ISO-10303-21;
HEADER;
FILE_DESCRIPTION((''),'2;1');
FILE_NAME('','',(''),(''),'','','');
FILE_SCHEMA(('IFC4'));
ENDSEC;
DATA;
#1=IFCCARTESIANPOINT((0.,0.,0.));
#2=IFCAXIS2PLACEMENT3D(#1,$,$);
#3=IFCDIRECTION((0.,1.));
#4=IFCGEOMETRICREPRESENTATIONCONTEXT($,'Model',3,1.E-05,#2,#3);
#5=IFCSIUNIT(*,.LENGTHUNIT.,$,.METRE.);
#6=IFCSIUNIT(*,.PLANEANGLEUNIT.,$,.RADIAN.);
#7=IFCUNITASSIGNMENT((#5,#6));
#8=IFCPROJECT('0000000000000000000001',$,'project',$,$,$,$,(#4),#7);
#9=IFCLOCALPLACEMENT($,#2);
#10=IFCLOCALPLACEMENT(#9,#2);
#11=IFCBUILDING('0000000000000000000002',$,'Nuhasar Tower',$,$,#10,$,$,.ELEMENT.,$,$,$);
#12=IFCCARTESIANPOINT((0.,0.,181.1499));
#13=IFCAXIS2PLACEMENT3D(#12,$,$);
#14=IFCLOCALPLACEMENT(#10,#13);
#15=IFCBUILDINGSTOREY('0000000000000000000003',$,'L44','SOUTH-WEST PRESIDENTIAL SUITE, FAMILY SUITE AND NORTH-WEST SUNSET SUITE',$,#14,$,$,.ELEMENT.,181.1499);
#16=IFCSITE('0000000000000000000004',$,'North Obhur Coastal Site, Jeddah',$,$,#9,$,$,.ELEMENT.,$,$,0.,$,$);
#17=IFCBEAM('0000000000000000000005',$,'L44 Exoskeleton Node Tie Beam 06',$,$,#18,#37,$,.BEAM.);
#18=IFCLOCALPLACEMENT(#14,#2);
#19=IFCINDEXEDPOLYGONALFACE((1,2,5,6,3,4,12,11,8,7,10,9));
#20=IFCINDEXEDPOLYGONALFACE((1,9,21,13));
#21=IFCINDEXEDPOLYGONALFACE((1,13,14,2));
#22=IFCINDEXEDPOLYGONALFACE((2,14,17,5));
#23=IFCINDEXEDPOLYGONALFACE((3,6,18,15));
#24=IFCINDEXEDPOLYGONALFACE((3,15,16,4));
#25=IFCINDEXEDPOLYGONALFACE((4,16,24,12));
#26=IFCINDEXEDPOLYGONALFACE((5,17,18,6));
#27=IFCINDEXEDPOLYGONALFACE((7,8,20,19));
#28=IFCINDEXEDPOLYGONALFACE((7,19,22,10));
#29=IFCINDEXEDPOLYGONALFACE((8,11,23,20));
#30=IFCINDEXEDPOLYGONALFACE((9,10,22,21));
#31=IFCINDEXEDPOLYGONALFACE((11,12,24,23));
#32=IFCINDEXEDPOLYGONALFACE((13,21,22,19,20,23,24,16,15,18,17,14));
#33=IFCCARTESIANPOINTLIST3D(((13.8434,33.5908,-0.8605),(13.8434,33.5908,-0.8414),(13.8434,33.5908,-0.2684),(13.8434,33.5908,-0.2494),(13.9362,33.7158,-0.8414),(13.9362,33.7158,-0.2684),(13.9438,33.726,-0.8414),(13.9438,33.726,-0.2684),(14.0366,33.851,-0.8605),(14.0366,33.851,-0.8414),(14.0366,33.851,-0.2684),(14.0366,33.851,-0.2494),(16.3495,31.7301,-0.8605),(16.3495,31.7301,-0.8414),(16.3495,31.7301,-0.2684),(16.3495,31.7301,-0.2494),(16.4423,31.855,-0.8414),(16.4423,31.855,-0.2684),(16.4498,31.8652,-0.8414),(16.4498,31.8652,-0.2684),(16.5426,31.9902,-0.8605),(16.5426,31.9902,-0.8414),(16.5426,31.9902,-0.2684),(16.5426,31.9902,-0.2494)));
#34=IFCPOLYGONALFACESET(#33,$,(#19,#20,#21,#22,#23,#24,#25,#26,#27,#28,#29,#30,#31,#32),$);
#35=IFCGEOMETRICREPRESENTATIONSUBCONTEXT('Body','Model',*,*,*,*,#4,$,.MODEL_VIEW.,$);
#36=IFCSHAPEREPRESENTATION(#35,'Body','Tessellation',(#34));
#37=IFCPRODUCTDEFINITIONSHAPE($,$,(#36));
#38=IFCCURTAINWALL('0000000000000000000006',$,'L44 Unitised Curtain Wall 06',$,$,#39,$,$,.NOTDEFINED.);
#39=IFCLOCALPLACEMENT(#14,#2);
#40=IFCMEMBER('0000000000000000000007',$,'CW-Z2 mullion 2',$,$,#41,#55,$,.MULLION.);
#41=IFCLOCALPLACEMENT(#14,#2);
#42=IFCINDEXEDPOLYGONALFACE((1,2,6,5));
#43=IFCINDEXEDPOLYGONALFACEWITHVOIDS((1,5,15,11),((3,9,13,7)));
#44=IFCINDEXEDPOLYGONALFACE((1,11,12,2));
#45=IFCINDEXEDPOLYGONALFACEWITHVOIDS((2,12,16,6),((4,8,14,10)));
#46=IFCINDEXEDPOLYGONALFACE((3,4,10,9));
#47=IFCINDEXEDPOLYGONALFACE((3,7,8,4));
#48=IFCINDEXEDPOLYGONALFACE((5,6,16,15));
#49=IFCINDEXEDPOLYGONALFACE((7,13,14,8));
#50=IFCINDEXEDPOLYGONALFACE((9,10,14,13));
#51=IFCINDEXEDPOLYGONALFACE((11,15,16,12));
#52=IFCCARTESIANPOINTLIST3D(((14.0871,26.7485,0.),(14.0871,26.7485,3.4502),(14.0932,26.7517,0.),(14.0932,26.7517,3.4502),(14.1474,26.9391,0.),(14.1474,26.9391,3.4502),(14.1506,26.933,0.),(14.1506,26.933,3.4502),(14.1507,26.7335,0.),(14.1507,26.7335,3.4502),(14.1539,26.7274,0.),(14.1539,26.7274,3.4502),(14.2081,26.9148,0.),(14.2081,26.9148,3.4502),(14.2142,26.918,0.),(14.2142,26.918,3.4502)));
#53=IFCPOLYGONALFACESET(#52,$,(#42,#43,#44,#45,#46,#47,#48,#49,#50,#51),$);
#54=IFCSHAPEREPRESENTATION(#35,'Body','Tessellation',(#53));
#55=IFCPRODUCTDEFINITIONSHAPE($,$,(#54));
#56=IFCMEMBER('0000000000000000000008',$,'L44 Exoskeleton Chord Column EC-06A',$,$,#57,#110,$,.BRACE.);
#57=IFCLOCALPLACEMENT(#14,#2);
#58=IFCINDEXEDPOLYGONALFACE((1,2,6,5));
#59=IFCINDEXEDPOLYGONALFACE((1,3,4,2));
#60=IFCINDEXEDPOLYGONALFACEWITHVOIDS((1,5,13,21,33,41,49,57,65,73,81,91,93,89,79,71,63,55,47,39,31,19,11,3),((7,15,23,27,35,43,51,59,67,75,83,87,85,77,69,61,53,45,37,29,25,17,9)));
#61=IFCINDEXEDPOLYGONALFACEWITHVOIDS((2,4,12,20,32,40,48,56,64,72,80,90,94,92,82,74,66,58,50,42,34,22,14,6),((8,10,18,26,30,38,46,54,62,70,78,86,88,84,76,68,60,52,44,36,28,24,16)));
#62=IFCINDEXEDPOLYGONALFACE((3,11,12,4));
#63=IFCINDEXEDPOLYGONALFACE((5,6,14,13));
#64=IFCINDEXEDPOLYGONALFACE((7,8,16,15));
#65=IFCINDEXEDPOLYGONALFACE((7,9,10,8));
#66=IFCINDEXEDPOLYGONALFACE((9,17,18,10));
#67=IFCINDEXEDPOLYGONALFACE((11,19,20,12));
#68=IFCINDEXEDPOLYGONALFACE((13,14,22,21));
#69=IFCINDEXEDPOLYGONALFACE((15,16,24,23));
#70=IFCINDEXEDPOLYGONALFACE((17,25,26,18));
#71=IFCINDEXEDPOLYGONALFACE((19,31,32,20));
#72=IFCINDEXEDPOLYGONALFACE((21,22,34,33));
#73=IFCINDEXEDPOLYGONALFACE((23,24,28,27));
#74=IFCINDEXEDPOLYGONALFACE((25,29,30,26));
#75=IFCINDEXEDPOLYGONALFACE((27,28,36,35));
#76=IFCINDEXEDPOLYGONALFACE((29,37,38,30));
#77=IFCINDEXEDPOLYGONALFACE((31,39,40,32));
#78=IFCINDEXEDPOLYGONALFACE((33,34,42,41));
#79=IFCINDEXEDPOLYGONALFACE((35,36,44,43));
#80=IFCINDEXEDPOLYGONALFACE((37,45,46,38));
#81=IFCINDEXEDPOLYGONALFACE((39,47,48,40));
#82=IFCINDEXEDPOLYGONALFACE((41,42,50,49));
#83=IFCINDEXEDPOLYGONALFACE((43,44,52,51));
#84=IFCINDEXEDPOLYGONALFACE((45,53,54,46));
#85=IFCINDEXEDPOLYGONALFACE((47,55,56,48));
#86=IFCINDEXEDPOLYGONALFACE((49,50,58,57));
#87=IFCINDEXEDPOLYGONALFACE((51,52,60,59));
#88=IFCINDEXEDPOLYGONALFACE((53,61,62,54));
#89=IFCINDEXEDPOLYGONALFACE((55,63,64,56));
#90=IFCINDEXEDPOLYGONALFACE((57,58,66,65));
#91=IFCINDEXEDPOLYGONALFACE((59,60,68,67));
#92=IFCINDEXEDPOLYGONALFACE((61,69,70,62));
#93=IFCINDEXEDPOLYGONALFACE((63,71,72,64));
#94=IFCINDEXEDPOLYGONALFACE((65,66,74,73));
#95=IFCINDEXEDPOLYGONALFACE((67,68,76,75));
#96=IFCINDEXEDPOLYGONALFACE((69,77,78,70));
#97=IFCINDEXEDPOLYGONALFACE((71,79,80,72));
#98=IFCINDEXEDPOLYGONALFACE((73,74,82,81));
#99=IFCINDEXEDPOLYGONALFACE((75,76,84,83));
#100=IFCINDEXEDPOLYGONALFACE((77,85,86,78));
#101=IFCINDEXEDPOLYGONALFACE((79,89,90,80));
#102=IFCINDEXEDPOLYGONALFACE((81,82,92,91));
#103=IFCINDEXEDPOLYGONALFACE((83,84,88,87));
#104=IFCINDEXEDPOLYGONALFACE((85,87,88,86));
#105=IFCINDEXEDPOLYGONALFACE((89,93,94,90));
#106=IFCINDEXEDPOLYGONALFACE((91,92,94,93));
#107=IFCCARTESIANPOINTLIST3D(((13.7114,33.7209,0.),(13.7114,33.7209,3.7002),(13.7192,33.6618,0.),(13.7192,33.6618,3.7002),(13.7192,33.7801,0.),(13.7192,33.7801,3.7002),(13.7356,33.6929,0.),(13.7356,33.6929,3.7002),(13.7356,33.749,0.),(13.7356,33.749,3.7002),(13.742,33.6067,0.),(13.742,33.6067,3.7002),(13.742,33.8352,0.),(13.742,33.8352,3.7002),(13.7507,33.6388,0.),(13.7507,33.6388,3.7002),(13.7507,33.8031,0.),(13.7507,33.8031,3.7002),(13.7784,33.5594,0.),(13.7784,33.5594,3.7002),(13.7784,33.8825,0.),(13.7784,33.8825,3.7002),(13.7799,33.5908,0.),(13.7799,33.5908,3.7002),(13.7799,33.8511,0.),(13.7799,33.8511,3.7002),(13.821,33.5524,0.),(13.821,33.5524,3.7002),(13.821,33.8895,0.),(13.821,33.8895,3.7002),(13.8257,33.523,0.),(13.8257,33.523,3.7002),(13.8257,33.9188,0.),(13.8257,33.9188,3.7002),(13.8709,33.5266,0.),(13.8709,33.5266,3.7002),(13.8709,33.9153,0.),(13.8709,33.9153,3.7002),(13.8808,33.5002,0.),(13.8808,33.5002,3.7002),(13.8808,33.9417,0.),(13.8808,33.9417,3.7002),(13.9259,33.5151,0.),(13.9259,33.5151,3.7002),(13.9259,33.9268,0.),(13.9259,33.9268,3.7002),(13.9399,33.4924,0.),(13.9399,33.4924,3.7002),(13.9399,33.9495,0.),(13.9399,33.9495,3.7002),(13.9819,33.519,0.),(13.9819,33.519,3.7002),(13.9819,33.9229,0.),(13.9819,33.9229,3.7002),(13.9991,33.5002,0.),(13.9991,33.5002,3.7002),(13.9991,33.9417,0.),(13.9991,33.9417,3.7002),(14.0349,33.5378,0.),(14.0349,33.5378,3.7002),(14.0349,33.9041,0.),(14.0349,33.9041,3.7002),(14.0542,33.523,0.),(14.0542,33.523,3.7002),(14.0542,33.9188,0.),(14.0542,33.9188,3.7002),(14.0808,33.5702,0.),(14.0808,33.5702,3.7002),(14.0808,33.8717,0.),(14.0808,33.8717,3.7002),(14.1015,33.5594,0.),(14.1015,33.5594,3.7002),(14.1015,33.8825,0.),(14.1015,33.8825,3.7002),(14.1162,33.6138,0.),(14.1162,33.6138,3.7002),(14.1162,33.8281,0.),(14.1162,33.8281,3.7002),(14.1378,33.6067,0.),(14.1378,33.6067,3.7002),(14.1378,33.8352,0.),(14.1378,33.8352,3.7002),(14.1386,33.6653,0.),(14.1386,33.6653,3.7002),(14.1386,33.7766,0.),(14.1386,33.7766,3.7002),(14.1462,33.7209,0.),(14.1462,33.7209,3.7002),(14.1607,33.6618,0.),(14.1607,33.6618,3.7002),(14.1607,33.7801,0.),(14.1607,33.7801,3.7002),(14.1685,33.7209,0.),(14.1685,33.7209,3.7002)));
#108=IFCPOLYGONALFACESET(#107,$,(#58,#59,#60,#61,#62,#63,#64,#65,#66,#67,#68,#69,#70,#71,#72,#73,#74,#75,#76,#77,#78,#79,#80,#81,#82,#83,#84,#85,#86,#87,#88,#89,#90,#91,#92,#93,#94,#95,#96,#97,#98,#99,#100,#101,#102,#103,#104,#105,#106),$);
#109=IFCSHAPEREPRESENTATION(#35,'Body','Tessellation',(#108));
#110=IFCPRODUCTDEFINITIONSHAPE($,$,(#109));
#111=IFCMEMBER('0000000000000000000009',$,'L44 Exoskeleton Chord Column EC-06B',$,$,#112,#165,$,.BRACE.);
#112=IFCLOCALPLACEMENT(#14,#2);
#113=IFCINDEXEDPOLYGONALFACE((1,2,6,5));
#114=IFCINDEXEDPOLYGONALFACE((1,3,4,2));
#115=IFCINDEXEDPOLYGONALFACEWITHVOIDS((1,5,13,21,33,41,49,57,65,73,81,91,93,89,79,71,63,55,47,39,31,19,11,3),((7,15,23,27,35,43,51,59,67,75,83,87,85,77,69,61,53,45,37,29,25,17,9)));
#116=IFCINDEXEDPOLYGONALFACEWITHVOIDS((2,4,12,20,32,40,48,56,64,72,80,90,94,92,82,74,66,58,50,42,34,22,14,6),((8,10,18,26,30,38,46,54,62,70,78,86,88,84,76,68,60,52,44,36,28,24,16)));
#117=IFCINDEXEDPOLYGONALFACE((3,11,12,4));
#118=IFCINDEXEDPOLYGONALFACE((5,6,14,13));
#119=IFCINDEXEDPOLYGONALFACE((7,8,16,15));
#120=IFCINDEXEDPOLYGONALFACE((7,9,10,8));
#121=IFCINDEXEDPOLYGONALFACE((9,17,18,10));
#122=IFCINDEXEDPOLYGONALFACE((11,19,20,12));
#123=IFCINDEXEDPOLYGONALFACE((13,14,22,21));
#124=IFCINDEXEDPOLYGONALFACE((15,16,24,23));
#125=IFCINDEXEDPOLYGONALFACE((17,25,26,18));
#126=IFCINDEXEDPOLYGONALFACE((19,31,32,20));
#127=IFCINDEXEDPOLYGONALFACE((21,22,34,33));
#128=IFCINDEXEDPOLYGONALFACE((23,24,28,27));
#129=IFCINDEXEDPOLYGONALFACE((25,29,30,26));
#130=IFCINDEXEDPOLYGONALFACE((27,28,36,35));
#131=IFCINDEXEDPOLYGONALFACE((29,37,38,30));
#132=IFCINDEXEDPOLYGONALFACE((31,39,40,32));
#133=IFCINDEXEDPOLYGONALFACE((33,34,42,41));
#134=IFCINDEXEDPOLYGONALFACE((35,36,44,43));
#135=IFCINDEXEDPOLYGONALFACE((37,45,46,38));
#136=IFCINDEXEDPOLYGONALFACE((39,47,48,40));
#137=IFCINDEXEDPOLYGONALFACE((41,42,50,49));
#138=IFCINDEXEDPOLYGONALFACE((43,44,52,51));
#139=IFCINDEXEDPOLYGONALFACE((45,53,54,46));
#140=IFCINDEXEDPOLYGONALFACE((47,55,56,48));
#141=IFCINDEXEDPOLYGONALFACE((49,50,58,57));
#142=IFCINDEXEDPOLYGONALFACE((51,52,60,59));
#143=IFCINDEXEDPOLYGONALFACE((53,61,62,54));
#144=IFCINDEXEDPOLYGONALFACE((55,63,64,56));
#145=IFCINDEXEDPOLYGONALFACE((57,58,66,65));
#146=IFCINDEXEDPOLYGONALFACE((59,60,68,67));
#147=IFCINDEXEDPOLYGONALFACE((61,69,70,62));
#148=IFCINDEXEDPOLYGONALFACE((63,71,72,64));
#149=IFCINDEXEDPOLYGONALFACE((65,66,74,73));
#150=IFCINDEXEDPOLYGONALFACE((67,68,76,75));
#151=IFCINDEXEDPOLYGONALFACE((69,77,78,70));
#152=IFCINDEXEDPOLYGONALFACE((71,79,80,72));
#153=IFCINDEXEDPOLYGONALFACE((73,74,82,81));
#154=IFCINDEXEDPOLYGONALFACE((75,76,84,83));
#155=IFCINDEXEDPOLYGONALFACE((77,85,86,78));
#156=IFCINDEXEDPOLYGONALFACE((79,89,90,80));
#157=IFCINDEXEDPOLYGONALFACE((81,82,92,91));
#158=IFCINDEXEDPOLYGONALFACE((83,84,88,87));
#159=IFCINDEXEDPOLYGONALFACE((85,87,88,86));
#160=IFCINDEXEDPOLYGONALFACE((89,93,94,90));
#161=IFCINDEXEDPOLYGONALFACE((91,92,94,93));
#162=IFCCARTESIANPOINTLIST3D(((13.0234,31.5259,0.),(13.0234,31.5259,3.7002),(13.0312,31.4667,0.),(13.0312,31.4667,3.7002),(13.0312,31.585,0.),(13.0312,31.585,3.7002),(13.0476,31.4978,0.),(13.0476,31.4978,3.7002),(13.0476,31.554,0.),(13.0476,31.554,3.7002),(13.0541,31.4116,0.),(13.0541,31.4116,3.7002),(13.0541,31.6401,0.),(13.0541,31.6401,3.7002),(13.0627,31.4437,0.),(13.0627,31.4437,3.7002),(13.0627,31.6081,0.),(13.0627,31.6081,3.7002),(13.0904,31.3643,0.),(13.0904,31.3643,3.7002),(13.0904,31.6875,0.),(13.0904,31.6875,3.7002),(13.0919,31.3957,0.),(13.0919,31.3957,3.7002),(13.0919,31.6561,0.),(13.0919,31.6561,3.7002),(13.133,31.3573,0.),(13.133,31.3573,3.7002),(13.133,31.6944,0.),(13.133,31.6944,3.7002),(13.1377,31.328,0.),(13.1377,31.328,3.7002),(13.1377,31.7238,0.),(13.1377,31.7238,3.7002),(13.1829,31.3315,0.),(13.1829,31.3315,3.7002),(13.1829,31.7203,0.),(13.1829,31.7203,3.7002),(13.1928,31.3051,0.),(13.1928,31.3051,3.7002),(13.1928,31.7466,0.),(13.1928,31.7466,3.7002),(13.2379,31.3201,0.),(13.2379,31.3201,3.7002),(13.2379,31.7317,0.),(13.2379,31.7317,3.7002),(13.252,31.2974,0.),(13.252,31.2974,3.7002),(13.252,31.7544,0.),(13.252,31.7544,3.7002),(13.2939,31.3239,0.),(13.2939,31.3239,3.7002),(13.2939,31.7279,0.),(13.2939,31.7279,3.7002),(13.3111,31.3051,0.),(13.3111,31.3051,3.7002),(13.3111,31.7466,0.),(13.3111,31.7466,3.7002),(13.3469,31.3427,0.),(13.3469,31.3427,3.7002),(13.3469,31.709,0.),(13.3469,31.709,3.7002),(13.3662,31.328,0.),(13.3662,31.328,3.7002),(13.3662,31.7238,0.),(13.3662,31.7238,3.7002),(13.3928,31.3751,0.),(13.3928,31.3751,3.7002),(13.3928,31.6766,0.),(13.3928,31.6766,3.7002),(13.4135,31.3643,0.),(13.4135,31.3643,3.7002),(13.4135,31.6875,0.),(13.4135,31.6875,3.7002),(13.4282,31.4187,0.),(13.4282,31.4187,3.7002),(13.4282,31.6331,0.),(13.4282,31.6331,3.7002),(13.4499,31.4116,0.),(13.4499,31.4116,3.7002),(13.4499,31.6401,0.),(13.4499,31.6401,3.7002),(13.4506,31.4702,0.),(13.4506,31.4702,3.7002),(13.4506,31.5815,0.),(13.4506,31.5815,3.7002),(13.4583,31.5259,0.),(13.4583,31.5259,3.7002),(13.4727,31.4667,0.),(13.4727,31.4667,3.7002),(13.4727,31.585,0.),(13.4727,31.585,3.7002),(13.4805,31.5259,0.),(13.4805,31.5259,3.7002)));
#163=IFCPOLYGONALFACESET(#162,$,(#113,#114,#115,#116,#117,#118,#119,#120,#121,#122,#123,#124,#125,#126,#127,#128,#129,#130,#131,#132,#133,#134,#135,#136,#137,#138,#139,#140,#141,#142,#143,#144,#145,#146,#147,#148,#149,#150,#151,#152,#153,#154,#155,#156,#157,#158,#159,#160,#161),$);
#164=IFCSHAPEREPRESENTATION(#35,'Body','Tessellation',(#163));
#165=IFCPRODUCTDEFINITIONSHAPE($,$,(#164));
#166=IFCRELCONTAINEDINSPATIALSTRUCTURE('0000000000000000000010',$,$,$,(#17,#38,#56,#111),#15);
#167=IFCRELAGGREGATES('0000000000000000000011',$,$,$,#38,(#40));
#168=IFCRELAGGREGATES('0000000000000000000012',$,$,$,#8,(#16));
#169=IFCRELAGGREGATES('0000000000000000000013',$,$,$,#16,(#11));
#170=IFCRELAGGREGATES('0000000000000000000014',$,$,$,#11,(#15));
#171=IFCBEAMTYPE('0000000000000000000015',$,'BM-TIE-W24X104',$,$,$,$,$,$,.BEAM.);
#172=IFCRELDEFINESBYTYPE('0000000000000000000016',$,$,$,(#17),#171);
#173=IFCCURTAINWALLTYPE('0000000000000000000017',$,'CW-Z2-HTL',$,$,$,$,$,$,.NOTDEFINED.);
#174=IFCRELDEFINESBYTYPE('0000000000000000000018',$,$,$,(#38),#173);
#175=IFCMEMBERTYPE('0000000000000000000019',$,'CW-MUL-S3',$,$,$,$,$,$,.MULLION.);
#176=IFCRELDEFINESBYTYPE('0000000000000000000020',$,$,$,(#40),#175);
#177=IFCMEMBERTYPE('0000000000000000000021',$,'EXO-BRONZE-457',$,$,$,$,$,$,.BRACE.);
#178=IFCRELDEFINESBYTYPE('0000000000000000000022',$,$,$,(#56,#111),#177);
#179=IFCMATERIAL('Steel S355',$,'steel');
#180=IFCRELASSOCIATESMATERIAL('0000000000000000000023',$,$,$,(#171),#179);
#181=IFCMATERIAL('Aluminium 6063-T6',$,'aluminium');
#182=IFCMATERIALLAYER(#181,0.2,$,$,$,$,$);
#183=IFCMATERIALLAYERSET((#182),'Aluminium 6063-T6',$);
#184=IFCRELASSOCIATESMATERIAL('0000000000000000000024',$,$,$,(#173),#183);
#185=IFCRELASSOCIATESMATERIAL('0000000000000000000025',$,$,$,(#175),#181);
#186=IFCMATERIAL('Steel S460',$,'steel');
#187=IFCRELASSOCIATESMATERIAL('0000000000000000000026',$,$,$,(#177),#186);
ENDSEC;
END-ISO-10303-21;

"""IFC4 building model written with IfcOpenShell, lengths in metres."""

from ifc_helpers import new_model, si_unit, direction, frame, origin, origin_2d, place, context, subcontext, project, spatial, hollow_rectangle, hollow_circle, i_section, extrude, material, layer, layer_set, material_profile, profile_set, type_object, element, aggregate, save


model = new_model("IFC4")

# Units and contexts
model_context = context("Model", 3, precision=1e-05, world=origin(), true_north=direction((0.0, 1.0)))
body_context = subcontext(model_context, "Body", "Model", "MODEL_VIEW")
ifc_project = project(units=[si_unit("LENGTHUNIT", "METRE"), si_unit("PLANEANGLEUNIT", "RADIAN")], contexts=[model_context])

# Site, building, storey
site_placement = place(None, origin())
site = spatial("IfcSite", under=ifc_project, at=site_placement, Name="North Obhur Coastal Site, Jeddah", CompositionType="ELEMENT", RefElevation=0.0)
building_placement = place(site_placement, origin())
building = spatial("IfcBuilding", under=site, at=building_placement, Name="Nuhasar Tower", CompositionType="ELEMENT")
storey_placement = place(building_placement, frame((0.0, 0.0, 181.1499)))
storey = spatial("IfcBuildingStorey", under=building, at=storey_placement, Name="L44", Description="SOUTH-WEST PRESIDENTIAL SUITE, FAMILY SUITE AND NORTH-WEST SUNSET SUITE", CompositionType="ELEMENT", Elevation=181.1499)

# Beam
ifc_material_1 = material(Name="Steel S355", Category="steel")
ifc_material_profile_1 = material_profile(ifc_material_1, i_section(OverallWidth=0.324, OverallDepth=0.6111, WebThickness=0.0127, FlangeThickness=0.019, at=origin_2d()), Name="W24X104")
ifc_profile_set_1 = profile_set([ifc_material_profile_1], Name="Steel S355")
beam_type_1 = type_object("IfcBeamType", Name="BM-TIE-W24X104", PredefinedType="BEAM", material=ifc_profile_set_1)
beam_1_placement = place(storey_placement, frame((16.446, 31.8601, -0.5549), z_axis=(-0.802872, 0.596151, 0.0), x_axis=(-0.596151, -0.802872, 0.0)))
element("IfcBeam", 1, at=beam_1_placement, inside=storey, type_object=beam_type_1, Name="L44 Exoskeleton Node Tie Beam 06", PredefinedType="BEAM", context=body_context, shape_type="SweptSolid", body=[
    extrude(i_section(OverallWidth=0.324, OverallDepth=0.6111, WebThickness=0.0127, FlangeThickness=0.019, at=origin_2d()), origin(), (0.0, 0.0, 1.0), 3.1213),
])

# Curtain wall, member
ifc_material_2 = material(Name="Aluminium 6063-T6", Category="aluminium")
ifc_layer_1 = layer(ifc_material_2, 0.2)
ifc_layer_set_1 = layer_set([ifc_layer_1], Name="Aluminium 6063-T6")
curtain_wall_type = type_object("IfcCurtainWallType", Name="CW-Z2-HTL", PredefinedType="NOTDEFINED", material=ifc_layer_set_1)
curtain_wall_placement = place(storey_placement, origin())
curtain_wall = element("IfcCurtainWall", 2, at=curtain_wall_placement, inside=storey, type_object=curtain_wall_type, Name="L44 Unitised Curtain Wall 06", PredefinedType="NOTDEFINED")
ifc_material_profile_2 = material_profile(ifc_material_2, hollow_rectangle(XDim=0.0701, YDim=0.2, WallThickness=0.0049, at=origin_2d()), Name="CWM-3")
ifc_profile_set_2 = profile_set([ifc_material_profile_2], Name="Aluminium 6063-T6")
member_type_1 = type_object("IfcMemberType", Name="CW-MUL-S3", PredefinedType="MULLION", material=ifc_profile_set_2)
member_placement = place(storey_placement, frame((14.1506, 26.8333, 0.0), z_axis=(0.0, 0.0, 1.0), x_axis=(0.953433, -0.301604, 0.0)))
member = element("IfcMember", 3, at=member_placement, type_object=member_type_1, Name="CW-Z2 mullion 2", PredefinedType="MULLION", context=body_context, shape_type="SweptSolid", body=[
    extrude(hollow_rectangle(XDim=0.0701, YDim=0.2, WallThickness=0.0049, at=origin_2d()), origin(), (0.0, 0.0, 1.0), 3.4502),
])

# Members
ifc_material_3 = material(Name="Steel S460", Category="steel")
ifc_material_profile_3 = material_profile(ifc_material_3, hollow_circle(Radius=0.2285, WallThickness=0.0222, at=origin_2d()), Name="HSS457X22.2")
ifc_profile_set_3 = profile_set([ifc_material_profile_3], Name="Steel S460")
member_type_2 = type_object("IfcMemberType", Name="EXO-BRONZE-457", PredefinedType="BRACE", material=ifc_profile_set_3)
for number, where, z_axis, x_axis, name in (
    (4, (13.9399, 33.7209, 0.0), (0.0, 0.0, 1.0), (1.0, 0.0, 0.0), "L44 Exoskeleton Chord Column EC-06A"),
    (5, (13.252, 31.5259, 0.0), (0.0, 0.0, 1.0), (1.0, 0.0, 0.0), "L44 Exoskeleton Chord Column EC-06B"),
):
    element("IfcMember", number, at=place(storey_placement, frame(where, z_axis=z_axis, x_axis=x_axis)), inside=storey, type_object=member_type_2, Name=name, PredefinedType="BRACE", context=body_context, shape_type="SweptSolid", body=[
        extrude(hollow_circle(Radius=0.2285, WallThickness=0.0222, at=origin_2d()), origin(), (0.0, 0.0, 1.0), 3.7002),
    ])

aggregate(curtain_wall, [member])

save(model, "model.ifc")
